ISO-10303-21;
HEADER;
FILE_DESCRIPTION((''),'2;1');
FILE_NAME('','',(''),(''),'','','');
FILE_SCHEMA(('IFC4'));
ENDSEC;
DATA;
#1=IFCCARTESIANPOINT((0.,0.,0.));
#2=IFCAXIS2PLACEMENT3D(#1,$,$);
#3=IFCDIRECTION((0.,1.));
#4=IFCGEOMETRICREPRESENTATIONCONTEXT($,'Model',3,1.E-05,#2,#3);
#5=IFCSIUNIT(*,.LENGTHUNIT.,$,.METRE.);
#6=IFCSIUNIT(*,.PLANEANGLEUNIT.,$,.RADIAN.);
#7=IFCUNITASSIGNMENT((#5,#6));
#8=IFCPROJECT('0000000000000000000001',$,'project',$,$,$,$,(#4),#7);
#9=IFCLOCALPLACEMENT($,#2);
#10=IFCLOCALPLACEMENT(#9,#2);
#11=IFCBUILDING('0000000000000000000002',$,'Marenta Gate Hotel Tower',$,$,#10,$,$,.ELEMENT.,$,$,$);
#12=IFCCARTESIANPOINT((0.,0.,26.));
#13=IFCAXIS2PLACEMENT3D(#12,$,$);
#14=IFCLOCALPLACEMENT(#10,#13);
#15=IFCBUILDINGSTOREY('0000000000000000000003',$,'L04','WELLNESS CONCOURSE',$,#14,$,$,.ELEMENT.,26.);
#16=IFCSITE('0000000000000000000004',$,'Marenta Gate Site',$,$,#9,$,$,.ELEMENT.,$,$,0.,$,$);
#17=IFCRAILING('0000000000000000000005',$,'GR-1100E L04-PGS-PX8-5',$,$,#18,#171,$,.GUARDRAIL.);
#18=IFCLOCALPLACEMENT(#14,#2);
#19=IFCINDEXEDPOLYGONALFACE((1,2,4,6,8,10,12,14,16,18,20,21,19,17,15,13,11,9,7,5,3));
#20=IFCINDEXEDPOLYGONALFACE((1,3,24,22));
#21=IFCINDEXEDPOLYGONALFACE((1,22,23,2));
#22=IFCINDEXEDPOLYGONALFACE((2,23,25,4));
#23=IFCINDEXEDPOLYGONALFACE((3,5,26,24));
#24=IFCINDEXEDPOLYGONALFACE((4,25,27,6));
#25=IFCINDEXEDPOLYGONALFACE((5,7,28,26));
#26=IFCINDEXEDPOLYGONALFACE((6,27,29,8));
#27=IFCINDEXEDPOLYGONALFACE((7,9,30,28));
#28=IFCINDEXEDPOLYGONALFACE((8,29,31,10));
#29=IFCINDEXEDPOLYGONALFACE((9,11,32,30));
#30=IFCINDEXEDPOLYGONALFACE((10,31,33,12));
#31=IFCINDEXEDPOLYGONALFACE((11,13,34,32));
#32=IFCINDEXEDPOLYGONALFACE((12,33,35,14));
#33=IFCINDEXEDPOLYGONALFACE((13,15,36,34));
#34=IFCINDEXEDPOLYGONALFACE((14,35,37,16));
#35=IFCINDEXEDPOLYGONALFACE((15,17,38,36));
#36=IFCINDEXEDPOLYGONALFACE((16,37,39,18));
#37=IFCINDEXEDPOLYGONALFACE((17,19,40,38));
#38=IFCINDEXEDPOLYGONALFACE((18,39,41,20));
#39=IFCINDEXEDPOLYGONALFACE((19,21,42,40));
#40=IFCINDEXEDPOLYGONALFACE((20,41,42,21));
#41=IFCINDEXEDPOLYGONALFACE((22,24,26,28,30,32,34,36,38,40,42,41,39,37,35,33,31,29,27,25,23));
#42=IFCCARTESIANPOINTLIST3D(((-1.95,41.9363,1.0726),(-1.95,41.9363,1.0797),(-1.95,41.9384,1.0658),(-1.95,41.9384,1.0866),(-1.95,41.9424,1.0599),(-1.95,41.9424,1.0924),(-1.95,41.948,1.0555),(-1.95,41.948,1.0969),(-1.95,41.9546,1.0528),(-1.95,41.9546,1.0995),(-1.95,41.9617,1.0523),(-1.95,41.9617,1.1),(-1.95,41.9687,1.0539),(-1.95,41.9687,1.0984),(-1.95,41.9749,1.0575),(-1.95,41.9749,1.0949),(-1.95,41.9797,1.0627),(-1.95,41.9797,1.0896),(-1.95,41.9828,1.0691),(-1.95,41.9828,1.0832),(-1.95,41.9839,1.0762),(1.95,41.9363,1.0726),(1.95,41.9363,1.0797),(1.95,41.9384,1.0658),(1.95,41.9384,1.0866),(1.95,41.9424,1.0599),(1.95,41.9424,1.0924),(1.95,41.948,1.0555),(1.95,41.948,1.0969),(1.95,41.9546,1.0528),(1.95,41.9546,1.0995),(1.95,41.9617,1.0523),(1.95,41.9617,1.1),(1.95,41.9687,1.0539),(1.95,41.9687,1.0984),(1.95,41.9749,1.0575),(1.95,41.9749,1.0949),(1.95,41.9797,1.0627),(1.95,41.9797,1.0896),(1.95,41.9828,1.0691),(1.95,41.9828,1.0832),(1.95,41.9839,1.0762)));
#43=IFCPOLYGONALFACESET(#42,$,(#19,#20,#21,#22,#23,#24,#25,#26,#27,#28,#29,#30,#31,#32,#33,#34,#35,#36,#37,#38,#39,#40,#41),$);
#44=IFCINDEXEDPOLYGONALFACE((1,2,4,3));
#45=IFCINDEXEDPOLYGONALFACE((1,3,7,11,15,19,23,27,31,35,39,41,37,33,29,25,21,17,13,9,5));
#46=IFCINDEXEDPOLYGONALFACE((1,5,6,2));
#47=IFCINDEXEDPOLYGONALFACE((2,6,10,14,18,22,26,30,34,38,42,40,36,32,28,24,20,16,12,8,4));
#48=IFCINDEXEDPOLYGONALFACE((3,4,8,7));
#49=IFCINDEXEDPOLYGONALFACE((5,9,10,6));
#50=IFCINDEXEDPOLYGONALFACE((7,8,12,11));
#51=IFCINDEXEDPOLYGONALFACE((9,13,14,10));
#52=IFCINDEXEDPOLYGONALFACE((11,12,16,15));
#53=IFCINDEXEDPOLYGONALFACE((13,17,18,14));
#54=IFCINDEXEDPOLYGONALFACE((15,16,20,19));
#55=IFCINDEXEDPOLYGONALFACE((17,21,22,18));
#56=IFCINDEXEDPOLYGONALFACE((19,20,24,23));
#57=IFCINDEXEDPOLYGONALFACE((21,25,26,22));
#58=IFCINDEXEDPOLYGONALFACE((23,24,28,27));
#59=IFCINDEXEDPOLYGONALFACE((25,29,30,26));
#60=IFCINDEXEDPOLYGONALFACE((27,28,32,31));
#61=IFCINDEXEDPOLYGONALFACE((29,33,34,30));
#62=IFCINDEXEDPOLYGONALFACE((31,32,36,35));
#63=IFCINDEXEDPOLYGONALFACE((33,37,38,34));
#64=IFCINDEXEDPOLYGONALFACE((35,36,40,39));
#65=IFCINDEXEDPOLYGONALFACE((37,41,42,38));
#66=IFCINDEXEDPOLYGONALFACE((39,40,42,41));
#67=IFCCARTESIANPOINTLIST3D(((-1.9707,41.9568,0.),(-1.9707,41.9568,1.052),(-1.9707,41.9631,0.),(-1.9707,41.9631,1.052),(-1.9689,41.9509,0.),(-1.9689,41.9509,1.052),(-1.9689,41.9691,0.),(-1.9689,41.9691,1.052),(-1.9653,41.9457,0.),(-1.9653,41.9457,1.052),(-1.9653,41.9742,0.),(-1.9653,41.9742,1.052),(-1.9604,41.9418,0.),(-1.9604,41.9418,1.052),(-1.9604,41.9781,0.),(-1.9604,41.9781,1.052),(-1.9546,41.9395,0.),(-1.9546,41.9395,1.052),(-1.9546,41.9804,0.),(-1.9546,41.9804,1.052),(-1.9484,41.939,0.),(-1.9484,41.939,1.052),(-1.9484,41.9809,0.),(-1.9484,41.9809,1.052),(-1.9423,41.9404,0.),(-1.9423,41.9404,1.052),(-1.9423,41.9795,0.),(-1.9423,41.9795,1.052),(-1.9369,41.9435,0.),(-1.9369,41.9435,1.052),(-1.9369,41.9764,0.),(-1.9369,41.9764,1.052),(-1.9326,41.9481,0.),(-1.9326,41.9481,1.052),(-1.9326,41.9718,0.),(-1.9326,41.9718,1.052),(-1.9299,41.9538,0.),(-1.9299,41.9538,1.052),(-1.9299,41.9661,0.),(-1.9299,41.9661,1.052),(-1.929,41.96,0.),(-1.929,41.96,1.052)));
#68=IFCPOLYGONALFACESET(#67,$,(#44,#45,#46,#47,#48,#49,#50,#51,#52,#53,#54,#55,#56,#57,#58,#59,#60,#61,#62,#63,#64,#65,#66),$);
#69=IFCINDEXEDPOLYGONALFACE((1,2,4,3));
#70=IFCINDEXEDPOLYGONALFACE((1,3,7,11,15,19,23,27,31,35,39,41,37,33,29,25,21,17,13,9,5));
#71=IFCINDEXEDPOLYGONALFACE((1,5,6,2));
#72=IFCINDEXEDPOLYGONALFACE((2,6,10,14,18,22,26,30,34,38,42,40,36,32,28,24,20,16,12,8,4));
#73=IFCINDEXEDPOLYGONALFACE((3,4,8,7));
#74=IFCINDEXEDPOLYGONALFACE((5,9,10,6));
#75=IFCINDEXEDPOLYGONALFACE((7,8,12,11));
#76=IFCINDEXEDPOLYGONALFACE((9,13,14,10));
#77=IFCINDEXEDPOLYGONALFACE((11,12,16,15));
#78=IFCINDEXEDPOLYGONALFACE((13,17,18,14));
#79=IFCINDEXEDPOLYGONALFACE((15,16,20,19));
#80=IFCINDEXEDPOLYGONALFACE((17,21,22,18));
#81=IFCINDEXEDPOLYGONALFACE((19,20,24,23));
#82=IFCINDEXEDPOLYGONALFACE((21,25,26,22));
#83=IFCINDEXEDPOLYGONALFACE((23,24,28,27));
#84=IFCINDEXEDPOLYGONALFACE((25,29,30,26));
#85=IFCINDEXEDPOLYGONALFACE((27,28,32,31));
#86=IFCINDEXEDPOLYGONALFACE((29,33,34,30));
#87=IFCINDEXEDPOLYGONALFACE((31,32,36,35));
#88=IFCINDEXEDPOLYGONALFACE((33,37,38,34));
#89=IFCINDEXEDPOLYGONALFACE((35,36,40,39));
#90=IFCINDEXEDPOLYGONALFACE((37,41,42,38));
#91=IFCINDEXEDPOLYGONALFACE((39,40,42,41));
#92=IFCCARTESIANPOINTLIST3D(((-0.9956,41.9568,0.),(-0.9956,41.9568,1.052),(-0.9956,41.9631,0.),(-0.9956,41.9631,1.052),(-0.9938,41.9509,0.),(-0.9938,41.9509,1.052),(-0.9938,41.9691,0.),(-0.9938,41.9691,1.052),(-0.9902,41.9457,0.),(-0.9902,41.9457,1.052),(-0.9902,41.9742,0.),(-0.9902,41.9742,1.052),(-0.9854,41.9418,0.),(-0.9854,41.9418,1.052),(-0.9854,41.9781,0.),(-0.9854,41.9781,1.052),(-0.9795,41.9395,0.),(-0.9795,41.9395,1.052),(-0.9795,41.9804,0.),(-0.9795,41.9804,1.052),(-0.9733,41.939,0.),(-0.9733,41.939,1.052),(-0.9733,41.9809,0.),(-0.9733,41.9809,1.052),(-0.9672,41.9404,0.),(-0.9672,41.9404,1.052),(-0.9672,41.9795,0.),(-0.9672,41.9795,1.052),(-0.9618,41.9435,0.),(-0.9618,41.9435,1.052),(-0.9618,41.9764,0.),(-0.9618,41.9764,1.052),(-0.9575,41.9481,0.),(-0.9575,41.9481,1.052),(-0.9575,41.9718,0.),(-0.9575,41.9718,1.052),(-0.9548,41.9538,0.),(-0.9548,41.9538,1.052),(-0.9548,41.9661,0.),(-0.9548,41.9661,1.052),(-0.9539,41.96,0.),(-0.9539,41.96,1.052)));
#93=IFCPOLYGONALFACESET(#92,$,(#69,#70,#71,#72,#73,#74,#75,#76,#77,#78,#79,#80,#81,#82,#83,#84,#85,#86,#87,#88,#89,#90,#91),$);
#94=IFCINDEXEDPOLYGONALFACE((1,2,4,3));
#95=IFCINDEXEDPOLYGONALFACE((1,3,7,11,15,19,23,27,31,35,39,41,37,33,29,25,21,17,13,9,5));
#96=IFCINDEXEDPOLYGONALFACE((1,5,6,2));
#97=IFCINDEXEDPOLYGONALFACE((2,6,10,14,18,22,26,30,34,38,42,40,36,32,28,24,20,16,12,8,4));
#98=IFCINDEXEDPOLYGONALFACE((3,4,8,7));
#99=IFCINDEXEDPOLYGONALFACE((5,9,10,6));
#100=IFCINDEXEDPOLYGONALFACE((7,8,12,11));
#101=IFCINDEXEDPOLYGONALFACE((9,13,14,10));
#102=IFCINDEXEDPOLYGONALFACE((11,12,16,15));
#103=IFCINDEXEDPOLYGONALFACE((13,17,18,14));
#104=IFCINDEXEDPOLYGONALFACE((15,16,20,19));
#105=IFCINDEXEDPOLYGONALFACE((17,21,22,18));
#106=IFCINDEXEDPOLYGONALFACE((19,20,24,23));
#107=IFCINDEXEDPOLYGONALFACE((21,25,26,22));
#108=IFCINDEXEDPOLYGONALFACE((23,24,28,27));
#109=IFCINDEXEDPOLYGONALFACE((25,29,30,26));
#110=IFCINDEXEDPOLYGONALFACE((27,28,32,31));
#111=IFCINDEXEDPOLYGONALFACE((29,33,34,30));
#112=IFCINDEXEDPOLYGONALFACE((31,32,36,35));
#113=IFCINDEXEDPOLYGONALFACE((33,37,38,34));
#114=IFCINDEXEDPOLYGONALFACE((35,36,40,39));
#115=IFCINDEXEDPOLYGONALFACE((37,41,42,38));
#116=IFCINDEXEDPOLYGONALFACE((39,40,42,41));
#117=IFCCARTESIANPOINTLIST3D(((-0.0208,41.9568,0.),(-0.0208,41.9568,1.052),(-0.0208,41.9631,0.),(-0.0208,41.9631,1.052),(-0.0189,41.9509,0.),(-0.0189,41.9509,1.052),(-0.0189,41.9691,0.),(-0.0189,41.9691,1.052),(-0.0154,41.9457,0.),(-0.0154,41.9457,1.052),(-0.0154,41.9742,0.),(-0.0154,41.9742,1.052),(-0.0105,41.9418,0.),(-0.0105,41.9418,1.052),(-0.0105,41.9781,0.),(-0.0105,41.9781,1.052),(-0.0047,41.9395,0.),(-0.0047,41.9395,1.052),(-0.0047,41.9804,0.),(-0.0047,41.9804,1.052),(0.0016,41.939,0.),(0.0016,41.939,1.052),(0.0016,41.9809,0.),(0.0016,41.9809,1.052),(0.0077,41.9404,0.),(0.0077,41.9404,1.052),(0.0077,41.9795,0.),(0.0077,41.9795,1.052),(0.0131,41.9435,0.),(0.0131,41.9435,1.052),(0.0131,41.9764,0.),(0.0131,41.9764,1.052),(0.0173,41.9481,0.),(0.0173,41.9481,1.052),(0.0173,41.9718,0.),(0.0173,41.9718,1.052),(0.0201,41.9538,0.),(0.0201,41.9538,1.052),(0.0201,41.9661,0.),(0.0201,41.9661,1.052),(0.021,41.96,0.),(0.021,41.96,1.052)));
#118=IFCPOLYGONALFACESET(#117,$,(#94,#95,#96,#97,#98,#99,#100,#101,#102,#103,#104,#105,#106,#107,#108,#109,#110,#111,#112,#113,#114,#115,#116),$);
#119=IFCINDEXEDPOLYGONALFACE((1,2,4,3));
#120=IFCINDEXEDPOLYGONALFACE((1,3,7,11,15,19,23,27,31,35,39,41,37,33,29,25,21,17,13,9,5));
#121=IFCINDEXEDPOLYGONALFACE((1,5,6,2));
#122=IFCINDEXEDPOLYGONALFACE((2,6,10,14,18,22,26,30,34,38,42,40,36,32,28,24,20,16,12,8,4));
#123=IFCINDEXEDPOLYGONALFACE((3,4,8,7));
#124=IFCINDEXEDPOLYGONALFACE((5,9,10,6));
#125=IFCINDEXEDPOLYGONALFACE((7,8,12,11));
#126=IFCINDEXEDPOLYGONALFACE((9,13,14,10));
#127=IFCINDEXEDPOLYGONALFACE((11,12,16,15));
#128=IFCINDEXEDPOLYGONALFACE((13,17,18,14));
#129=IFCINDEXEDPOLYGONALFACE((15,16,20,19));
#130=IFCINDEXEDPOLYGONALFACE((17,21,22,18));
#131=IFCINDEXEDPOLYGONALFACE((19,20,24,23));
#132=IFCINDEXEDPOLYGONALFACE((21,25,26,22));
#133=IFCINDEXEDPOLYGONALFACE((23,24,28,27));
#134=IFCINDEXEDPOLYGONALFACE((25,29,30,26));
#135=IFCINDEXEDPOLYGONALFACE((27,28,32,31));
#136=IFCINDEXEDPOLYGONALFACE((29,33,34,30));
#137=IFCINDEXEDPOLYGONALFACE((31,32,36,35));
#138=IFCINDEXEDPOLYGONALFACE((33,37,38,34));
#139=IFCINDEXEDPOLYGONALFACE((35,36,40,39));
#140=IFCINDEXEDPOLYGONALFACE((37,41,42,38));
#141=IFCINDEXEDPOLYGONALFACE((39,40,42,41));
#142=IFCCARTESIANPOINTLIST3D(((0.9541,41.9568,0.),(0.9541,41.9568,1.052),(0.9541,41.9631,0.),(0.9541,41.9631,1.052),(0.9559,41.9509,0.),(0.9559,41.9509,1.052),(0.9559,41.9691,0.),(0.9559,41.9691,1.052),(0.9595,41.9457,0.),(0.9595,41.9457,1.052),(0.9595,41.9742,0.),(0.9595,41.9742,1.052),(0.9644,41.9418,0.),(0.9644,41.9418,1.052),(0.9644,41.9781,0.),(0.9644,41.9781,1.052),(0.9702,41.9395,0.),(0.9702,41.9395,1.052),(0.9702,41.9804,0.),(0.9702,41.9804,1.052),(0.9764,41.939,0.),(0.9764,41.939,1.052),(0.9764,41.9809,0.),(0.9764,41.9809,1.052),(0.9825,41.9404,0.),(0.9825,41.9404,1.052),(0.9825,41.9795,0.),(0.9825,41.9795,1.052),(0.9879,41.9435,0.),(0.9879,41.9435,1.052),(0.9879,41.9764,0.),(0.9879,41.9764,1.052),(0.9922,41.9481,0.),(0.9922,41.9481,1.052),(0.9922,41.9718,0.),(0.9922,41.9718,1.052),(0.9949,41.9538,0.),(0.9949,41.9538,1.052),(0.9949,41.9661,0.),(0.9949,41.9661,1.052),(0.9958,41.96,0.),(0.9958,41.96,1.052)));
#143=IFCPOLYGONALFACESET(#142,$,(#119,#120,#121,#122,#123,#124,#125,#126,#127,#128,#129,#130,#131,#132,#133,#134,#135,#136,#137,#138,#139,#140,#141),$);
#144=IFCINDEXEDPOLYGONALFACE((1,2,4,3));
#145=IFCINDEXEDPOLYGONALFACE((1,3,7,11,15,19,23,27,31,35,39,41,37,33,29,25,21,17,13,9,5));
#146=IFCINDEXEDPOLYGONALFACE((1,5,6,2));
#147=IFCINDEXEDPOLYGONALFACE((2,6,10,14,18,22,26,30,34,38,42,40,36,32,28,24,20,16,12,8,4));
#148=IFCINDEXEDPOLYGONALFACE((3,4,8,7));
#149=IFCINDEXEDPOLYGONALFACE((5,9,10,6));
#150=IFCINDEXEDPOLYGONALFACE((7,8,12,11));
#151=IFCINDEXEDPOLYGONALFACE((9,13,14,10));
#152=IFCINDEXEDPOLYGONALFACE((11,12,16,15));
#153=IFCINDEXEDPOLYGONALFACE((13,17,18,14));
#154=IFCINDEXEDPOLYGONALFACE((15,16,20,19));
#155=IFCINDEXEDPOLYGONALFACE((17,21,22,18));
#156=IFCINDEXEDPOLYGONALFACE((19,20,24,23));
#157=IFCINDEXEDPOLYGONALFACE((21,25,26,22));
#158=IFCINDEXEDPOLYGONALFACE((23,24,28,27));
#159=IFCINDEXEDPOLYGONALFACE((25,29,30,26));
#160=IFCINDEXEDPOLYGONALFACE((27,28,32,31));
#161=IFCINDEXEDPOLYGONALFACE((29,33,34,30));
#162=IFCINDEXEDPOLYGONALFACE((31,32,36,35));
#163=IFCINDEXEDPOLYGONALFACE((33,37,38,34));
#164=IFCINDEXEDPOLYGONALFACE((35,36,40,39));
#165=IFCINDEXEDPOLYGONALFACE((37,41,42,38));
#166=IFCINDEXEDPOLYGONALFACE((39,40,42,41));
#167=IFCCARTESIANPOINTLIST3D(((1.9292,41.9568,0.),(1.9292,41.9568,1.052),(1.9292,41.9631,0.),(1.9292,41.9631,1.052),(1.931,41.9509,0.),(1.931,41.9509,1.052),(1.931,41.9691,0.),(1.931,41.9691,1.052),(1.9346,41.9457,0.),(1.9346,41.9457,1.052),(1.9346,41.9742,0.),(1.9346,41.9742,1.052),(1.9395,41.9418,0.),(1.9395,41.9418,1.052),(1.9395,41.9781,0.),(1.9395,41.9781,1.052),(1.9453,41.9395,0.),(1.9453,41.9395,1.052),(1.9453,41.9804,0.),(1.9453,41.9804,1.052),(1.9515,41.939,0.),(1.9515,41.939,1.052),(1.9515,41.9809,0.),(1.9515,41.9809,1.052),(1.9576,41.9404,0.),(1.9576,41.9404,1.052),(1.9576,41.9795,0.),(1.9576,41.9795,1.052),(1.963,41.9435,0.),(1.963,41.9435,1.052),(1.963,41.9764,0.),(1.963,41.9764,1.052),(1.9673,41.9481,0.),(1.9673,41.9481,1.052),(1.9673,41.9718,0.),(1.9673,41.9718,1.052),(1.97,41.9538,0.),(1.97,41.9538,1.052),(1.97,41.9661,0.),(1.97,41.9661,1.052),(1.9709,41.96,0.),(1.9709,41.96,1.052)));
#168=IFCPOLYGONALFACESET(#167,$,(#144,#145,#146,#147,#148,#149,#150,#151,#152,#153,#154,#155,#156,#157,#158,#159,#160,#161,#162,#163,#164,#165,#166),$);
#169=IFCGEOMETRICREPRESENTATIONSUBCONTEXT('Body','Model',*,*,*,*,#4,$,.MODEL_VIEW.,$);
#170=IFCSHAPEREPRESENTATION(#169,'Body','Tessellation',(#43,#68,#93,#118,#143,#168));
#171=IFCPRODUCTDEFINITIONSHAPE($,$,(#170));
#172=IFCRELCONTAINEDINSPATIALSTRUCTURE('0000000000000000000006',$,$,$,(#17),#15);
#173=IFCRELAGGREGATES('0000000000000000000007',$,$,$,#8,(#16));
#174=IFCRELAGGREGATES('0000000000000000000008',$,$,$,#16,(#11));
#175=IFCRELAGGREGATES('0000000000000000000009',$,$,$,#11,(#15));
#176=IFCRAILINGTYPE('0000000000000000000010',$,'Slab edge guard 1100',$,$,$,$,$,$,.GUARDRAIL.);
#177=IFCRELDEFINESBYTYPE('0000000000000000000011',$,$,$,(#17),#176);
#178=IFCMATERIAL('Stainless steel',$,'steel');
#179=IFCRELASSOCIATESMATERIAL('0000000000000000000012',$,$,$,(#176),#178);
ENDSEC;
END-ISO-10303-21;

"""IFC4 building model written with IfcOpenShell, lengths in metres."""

from ifc_helpers import new_model, si_unit, direction, frame, origin, origin_2d, place, context, subcontext, project, spatial, circle, extrude, material, type_object, element, save


model = new_model("IFC4")

# Units and contexts
model_context = context("Model", 3, precision=1e-05, world=origin(), true_north=direction((0.0, 1.0)))
body_context = subcontext(model_context, "Body", "Model", "MODEL_VIEW")
ifc_project = project(units=[si_unit("LENGTHUNIT", "METRE"), si_unit("PLANEANGLEUNIT", "RADIAN")], contexts=[model_context])

# Site, building, storey
site_placement = place(None, origin())
site = spatial("IfcSite", under=ifc_project, at=site_placement, Name="Marenta Gate Site", CompositionType="ELEMENT", RefElevation=0.0)
building_placement = place(site_placement, origin())
building = spatial("IfcBuilding", under=site, at=building_placement, Name="Marenta Gate Hotel Tower", CompositionType="ELEMENT")
storey_placement = place(building_placement, frame((0.0, 0.0, 26.0)))
storey = spatial("IfcBuildingStorey", under=building, at=storey_placement, Name="L04", Description="WELLNESS CONCOURSE", CompositionType="ELEMENT", Elevation=26.0)

# Railing
ifc_material_1 = material(Name="Stainless steel", Category="steel")
railing_type_1 = type_object("IfcRailingType", Name="Slab edge guard 1100", PredefinedType="GUARDRAIL", material=ifc_material_1)
railing_1_placement = place(storey_placement, frame((-1.95, 41.96, 0.0)))
element("IfcRailing", 1, at=railing_1_placement, inside=storey, type_object=railing_type_1, Name="GR-1100E L04-PGS-PX8-5", PredefinedType="GUARDRAIL", context=body_context, shape_type="SweptSolid", body=[
    extrude(circle(Radius=0.0239, at=origin_2d()), frame((0.0, 0.0, 1.0762), z_axis=(1.0, 0.0, 0.0), x_axis=(0.0, 1.0, 0.0)), (0.0, 0.0, 1.0), 3.8999),
    extrude(circle(Radius=0.021, at=origin_2d()), origin(), (0.0, 0.0, 1.0), 1.052),
    extrude(circle(Radius=0.021, at=origin_2d()), frame((0.9751, 0.0, 0.0)), (0.0, 0.0, 1.0), 1.052),
    extrude(circle(Radius=0.021, at=origin_2d()), frame((1.95, 0.0, 0.0)), (0.0, 0.0, 1.0), 1.052),
    extrude(circle(Radius=0.021, at=origin_2d()), frame((2.9248, 0.0, 0.0)), (0.0, 0.0, 1.0), 1.052),
    extrude(circle(Radius=0.021, at=origin_2d()), frame((3.8999, 0.0, 0.0)), (0.0, 0.0, 1.0), 1.052),
])

save(model, "model.ifc")
